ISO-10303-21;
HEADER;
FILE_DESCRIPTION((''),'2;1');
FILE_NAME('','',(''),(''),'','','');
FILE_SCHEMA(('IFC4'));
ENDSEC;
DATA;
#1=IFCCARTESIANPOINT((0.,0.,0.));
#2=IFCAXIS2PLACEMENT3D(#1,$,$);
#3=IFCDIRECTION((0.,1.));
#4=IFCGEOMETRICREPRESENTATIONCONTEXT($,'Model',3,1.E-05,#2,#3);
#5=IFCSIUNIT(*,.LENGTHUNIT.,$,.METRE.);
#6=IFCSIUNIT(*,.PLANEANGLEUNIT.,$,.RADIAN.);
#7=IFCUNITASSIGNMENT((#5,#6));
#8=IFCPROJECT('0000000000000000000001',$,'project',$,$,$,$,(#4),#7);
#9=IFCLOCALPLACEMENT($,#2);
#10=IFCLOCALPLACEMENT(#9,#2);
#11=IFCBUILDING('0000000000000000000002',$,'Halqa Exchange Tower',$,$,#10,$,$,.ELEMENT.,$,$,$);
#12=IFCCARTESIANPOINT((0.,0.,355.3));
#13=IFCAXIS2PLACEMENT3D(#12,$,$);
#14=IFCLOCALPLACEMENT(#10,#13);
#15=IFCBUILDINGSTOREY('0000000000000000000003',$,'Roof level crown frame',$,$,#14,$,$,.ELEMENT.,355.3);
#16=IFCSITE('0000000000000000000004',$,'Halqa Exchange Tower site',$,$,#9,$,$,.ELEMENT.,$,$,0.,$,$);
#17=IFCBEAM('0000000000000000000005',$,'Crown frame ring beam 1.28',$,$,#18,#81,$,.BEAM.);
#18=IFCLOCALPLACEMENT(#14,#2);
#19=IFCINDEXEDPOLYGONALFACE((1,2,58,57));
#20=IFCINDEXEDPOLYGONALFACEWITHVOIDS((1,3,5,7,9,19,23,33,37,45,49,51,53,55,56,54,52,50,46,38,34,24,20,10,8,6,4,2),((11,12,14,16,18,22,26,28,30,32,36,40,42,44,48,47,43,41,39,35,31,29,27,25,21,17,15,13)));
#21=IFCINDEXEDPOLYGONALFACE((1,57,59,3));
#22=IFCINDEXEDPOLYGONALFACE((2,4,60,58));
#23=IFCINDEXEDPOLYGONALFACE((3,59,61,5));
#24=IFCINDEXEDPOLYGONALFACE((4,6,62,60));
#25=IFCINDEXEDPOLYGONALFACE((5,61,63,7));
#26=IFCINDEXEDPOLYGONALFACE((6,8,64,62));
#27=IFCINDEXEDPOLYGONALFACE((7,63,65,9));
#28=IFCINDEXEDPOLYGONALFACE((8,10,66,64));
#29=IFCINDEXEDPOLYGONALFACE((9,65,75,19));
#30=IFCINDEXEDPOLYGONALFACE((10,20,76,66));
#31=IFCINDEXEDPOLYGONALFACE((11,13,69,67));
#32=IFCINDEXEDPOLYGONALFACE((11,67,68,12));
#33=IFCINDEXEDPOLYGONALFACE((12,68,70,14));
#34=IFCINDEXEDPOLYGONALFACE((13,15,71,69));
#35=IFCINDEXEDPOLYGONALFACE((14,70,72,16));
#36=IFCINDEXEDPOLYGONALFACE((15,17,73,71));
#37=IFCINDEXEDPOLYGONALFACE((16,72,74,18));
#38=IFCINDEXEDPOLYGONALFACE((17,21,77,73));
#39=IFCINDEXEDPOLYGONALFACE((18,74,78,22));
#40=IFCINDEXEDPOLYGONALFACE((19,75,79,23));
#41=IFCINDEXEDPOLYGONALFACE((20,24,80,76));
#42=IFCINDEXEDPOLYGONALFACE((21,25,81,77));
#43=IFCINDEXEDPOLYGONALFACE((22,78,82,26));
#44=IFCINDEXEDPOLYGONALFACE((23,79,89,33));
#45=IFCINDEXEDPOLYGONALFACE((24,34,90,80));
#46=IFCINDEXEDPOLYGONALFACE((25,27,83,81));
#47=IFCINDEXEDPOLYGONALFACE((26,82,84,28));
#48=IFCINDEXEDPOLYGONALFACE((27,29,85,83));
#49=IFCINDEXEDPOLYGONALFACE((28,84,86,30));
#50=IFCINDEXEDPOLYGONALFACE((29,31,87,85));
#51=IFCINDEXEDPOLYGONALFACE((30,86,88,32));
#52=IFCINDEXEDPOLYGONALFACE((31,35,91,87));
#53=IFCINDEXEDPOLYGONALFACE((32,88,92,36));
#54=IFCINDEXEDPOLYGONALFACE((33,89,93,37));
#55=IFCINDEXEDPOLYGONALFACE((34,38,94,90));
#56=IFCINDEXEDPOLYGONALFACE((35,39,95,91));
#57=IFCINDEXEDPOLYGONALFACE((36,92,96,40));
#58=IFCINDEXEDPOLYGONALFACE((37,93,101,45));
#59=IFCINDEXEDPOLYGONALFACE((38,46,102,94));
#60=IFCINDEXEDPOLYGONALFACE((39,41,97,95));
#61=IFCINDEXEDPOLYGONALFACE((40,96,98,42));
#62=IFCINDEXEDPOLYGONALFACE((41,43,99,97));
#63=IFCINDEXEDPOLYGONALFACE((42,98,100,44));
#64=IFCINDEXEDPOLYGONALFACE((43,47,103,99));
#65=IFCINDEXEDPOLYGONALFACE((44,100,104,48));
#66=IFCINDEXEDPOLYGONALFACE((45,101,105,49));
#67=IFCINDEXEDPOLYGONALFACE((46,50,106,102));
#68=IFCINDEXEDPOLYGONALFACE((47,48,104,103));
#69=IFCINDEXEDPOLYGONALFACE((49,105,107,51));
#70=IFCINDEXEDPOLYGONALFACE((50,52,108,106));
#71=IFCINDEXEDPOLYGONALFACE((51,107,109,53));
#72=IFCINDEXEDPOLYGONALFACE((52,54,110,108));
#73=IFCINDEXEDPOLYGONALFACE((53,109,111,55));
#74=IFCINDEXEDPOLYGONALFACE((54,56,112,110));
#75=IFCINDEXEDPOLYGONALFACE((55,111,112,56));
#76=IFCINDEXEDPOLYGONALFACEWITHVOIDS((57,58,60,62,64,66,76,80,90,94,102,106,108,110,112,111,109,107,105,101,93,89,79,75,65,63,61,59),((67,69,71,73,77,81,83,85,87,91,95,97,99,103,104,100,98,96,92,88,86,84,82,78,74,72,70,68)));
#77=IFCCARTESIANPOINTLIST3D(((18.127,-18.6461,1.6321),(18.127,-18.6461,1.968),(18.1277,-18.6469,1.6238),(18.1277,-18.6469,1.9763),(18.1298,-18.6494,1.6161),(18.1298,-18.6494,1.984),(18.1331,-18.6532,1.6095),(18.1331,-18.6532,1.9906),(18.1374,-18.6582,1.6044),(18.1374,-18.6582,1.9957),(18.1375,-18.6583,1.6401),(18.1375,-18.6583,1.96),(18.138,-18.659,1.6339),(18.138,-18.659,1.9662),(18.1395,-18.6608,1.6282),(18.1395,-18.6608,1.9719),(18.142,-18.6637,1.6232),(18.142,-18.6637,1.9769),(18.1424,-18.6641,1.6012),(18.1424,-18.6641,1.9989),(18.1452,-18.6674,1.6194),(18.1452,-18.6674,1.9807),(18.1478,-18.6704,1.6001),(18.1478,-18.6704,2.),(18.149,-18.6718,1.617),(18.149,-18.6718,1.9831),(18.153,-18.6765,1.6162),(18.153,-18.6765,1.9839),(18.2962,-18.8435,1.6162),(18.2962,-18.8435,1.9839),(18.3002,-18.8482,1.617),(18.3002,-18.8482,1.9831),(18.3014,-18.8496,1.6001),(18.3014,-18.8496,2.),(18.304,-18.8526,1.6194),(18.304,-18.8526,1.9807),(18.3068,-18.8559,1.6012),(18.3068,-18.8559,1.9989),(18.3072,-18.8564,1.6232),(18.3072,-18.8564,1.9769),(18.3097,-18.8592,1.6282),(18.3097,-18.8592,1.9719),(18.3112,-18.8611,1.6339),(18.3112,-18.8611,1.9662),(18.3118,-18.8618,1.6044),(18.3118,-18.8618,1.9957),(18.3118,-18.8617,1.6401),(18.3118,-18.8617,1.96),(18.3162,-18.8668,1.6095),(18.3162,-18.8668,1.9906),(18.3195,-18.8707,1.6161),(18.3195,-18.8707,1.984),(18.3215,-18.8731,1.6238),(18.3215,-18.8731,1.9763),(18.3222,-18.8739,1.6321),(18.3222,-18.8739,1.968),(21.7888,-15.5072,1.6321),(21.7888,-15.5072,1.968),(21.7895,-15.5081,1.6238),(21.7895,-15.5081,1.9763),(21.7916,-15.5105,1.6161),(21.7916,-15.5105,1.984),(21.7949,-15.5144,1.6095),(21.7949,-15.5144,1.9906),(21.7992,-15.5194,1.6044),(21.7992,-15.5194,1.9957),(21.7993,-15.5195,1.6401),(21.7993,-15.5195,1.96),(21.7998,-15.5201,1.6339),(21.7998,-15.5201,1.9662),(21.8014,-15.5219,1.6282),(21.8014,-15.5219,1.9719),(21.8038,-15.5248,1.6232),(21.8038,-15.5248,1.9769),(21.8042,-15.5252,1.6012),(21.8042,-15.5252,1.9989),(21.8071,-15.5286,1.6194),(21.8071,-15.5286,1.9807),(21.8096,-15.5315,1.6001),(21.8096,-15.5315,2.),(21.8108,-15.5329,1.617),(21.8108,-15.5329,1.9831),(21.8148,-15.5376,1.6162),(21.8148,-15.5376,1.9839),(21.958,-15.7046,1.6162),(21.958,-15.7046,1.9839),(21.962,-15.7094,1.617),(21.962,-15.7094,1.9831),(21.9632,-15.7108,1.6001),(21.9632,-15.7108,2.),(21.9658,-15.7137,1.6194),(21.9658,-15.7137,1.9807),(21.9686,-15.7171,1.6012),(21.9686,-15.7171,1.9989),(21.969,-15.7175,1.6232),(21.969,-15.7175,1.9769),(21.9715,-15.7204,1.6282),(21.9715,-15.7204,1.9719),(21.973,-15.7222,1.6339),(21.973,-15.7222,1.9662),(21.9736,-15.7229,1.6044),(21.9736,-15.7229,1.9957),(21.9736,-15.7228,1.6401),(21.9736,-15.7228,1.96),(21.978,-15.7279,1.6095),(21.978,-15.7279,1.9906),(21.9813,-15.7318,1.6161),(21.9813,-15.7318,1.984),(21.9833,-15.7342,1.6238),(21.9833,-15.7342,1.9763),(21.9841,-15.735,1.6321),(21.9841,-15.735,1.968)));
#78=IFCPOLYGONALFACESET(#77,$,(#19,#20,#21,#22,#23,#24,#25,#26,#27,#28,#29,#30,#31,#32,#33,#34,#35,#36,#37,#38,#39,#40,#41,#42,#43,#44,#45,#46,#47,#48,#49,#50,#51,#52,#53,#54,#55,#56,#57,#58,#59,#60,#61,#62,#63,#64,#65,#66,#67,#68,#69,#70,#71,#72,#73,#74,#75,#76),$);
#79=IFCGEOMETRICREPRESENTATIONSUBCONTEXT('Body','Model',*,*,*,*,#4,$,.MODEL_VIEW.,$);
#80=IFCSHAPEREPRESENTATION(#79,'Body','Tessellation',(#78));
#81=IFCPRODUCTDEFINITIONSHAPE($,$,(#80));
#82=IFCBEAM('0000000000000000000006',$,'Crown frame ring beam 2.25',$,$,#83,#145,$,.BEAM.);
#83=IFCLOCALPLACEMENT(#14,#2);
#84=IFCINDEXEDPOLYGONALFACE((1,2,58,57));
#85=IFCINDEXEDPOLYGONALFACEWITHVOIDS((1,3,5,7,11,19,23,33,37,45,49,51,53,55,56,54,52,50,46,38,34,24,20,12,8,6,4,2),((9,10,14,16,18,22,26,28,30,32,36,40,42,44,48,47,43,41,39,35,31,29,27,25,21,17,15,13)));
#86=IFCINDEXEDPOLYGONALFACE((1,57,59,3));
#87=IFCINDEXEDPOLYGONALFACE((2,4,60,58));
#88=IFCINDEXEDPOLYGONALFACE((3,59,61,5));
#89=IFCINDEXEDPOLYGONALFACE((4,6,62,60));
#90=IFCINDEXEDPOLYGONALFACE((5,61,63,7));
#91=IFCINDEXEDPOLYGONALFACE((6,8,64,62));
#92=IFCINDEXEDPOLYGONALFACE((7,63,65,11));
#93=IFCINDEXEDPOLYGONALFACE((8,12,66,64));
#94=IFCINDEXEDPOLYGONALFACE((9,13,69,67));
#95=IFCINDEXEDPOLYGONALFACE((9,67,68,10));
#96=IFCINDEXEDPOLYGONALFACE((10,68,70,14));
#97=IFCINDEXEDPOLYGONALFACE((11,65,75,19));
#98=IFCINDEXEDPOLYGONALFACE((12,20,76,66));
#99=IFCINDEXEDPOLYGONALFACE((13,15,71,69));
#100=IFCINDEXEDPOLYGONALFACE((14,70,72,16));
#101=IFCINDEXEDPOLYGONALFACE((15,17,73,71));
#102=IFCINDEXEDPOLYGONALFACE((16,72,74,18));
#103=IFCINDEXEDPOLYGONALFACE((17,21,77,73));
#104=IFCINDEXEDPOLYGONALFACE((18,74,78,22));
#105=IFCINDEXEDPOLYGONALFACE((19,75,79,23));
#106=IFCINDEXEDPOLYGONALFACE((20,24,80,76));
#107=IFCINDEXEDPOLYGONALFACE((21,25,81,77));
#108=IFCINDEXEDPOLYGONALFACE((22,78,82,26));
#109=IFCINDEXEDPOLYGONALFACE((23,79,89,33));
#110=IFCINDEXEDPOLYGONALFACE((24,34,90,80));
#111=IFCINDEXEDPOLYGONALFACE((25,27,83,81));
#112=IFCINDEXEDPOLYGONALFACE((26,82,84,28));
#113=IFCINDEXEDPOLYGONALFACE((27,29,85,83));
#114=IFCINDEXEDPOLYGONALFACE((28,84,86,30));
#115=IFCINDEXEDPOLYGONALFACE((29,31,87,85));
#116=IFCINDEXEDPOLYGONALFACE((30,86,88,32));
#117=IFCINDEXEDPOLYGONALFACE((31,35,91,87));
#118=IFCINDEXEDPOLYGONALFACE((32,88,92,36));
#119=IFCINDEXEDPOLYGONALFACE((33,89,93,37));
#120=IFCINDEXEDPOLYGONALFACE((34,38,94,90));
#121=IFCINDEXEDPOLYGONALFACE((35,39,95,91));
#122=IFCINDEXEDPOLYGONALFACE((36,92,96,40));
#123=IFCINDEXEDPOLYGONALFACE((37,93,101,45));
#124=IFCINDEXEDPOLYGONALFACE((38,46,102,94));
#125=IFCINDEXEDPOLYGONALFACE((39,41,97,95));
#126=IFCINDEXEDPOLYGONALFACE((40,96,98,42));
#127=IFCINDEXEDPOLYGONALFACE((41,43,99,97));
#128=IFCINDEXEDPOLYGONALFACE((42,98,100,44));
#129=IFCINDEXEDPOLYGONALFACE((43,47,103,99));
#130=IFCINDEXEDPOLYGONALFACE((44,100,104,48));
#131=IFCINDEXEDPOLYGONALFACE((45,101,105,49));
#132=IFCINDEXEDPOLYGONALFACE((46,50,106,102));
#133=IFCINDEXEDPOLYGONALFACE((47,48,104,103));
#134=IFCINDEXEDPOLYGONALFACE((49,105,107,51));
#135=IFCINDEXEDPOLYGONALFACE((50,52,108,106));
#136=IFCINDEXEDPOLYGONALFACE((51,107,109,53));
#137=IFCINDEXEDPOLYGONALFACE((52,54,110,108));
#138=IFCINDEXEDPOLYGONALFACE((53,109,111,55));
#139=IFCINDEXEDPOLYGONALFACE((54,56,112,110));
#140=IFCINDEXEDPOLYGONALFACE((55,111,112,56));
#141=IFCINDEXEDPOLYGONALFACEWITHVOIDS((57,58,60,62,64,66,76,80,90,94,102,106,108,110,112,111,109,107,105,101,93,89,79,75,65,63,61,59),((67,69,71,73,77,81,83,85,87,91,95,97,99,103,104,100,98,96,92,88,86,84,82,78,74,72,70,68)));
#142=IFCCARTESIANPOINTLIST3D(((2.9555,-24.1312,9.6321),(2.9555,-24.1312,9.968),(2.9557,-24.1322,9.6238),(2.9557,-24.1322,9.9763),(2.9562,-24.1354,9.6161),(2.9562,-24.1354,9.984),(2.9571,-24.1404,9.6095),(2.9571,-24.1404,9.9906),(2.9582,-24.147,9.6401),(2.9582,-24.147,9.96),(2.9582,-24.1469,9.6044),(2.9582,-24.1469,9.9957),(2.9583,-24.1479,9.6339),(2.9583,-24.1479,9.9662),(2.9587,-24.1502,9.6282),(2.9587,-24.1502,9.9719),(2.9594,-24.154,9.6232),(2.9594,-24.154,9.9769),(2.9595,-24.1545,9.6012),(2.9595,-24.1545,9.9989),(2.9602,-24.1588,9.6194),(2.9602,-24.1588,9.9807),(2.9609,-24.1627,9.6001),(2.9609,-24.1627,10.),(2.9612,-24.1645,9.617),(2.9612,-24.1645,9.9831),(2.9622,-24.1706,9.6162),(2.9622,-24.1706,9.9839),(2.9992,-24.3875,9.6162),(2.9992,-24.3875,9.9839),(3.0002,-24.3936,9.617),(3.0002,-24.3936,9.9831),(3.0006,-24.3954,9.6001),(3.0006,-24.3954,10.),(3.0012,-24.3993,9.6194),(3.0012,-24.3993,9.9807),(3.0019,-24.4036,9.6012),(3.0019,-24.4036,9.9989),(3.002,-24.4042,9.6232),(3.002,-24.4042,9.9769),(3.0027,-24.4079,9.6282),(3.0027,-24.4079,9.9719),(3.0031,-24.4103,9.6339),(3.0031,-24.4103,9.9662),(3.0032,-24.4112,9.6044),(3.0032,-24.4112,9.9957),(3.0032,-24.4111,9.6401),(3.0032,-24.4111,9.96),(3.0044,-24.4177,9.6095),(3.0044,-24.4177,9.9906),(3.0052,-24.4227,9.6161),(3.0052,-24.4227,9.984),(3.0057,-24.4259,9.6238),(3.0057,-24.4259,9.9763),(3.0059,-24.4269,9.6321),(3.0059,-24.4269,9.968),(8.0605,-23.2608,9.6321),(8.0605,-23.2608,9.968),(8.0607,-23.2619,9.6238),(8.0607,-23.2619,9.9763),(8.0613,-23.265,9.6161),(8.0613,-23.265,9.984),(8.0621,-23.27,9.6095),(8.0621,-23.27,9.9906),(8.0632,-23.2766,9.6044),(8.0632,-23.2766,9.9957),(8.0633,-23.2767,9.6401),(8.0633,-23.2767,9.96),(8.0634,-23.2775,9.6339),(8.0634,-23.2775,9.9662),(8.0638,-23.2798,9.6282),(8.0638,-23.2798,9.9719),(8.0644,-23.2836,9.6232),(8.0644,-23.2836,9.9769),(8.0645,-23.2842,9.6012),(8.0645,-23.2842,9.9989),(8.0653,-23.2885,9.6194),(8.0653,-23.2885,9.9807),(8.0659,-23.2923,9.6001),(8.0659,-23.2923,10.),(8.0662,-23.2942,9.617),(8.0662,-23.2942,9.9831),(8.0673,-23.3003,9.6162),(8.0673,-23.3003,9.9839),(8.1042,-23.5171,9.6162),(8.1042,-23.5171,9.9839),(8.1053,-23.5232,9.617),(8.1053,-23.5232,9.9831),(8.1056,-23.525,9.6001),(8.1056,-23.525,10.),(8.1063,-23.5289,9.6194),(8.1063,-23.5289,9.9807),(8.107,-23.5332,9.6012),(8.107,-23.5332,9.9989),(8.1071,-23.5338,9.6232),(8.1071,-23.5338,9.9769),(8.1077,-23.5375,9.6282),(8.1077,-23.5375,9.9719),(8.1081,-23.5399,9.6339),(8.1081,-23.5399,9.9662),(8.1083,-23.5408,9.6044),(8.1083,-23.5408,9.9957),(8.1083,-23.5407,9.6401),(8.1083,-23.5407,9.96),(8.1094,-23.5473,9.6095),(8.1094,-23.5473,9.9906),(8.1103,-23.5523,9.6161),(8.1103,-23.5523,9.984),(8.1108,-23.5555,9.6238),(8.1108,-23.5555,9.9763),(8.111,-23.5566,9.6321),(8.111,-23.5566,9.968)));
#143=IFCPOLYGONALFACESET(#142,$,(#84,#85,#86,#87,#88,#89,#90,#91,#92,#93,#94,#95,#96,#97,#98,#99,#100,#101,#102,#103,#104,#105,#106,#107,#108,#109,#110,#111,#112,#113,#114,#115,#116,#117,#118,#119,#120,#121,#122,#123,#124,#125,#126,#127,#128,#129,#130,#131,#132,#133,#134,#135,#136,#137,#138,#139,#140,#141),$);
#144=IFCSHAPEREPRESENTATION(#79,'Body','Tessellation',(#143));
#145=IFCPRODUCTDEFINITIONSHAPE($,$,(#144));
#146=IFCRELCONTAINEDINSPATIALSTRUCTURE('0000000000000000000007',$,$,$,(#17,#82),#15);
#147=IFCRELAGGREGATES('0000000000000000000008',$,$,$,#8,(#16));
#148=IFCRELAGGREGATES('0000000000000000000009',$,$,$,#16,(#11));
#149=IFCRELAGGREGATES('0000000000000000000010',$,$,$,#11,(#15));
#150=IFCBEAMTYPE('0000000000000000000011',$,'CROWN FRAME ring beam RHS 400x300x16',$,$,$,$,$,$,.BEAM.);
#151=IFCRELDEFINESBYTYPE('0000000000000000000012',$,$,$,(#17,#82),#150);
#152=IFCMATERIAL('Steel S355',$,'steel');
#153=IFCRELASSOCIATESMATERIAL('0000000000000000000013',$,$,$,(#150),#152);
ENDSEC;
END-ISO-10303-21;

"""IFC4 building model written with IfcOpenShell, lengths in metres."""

from ifc_helpers import new_model, si_unit, direction, frame, origin, origin_2d, place, context, subcontext, project, spatial, hollow_rectangle, extrude, material, material_profile, profile_set, type_object, element, save


model = new_model("IFC4")

# Units and contexts
model_context = context("Model", 3, precision=1e-05, world=origin(), true_north=direction((0.0, 1.0)))
body_context = subcontext(model_context, "Body", "Model", "MODEL_VIEW")
ifc_project = project(units=[si_unit("LENGTHUNIT", "METRE"), si_unit("PLANEANGLEUNIT", "RADIAN")], contexts=[model_context])

# Site, building, storey
site_placement = place(None, origin())
site = spatial("IfcSite", under=ifc_project, at=site_placement, Name="Halqa Exchange Tower site", CompositionType="ELEMENT", RefElevation=0.0)
building_placement = place(site_placement, origin())
building = spatial("IfcBuilding", under=site, at=building_placement, Name="Halqa Exchange Tower", CompositionType="ELEMENT")
storey_placement = place(building_placement, frame((0.0, 0.0, 355.3)))
storey = spatial("IfcBuildingStorey", under=building, at=storey_placement, Name="Roof level crown frame", CompositionType="ELEMENT", Elevation=355.3)

# Shared definitions
ifc_material_1 = material(Name="Steel S355", Category="steel")

# Beams
ifc_material_profile_1 = material_profile(ifc_material_1, hollow_rectangle(XDim=0.3, YDim=0.3999, WallThickness=0.0161, InnerFilletRadius=0.0239, OuterFilletRadius=0.032, at=origin_2d()), Name="RHS 400x300x16")
ifc_profile_set_1 = profile_set([ifc_material_profile_1], Name="Steel S355")
beam_type = type_object("IfcBeamType", Name="CROWN FRAME ring beam RHS 400x300x16", PredefinedType="BEAM", material=ifc_profile_set_1)
beam_1_placement = place(storey_placement, frame((18.2246, -18.76, 1.8), z_axis=(0.759239, 0.650812, 0.0), x_axis=(-0.650812, 0.759239, 0.0)))
element("IfcBeam", 1, at=beam_1_placement, inside=storey, type_object=beam_type, Name="Crown frame ring beam 1.28", PredefinedType="BEAM", context=body_context, shape_type="SweptSolid", body=[
    extrude(hollow_rectangle(XDim=0.3, YDim=0.3999, WallThickness=0.0161, InnerFilletRadius=0.0239, OuterFilletRadius=0.032, at=origin_2d()), origin(), (0.0, 0.0, 1.0), 4.823),
])
beam_2_placement = place(storey_placement, frame((2.9807, -24.2791, 9.8), z_axis=(0.985776, 0.168067, 0.0), x_axis=(-0.168067, 0.985776, 0.0)))
element("IfcBeam", 2, at=beam_2_placement, inside=storey, type_object=beam_type, Name="Crown frame ring beam 2.25", PredefinedType="BEAM", context=body_context, shape_type="SweptSolid", body=[
    extrude(hollow_rectangle(XDim=0.3, YDim=0.3999, WallThickness=0.0161, InnerFilletRadius=0.0239, OuterFilletRadius=0.032, at=origin_2d()), origin(), (0.0, 0.0, 1.0), 5.1787),
])

save(model, "model.ifc")
